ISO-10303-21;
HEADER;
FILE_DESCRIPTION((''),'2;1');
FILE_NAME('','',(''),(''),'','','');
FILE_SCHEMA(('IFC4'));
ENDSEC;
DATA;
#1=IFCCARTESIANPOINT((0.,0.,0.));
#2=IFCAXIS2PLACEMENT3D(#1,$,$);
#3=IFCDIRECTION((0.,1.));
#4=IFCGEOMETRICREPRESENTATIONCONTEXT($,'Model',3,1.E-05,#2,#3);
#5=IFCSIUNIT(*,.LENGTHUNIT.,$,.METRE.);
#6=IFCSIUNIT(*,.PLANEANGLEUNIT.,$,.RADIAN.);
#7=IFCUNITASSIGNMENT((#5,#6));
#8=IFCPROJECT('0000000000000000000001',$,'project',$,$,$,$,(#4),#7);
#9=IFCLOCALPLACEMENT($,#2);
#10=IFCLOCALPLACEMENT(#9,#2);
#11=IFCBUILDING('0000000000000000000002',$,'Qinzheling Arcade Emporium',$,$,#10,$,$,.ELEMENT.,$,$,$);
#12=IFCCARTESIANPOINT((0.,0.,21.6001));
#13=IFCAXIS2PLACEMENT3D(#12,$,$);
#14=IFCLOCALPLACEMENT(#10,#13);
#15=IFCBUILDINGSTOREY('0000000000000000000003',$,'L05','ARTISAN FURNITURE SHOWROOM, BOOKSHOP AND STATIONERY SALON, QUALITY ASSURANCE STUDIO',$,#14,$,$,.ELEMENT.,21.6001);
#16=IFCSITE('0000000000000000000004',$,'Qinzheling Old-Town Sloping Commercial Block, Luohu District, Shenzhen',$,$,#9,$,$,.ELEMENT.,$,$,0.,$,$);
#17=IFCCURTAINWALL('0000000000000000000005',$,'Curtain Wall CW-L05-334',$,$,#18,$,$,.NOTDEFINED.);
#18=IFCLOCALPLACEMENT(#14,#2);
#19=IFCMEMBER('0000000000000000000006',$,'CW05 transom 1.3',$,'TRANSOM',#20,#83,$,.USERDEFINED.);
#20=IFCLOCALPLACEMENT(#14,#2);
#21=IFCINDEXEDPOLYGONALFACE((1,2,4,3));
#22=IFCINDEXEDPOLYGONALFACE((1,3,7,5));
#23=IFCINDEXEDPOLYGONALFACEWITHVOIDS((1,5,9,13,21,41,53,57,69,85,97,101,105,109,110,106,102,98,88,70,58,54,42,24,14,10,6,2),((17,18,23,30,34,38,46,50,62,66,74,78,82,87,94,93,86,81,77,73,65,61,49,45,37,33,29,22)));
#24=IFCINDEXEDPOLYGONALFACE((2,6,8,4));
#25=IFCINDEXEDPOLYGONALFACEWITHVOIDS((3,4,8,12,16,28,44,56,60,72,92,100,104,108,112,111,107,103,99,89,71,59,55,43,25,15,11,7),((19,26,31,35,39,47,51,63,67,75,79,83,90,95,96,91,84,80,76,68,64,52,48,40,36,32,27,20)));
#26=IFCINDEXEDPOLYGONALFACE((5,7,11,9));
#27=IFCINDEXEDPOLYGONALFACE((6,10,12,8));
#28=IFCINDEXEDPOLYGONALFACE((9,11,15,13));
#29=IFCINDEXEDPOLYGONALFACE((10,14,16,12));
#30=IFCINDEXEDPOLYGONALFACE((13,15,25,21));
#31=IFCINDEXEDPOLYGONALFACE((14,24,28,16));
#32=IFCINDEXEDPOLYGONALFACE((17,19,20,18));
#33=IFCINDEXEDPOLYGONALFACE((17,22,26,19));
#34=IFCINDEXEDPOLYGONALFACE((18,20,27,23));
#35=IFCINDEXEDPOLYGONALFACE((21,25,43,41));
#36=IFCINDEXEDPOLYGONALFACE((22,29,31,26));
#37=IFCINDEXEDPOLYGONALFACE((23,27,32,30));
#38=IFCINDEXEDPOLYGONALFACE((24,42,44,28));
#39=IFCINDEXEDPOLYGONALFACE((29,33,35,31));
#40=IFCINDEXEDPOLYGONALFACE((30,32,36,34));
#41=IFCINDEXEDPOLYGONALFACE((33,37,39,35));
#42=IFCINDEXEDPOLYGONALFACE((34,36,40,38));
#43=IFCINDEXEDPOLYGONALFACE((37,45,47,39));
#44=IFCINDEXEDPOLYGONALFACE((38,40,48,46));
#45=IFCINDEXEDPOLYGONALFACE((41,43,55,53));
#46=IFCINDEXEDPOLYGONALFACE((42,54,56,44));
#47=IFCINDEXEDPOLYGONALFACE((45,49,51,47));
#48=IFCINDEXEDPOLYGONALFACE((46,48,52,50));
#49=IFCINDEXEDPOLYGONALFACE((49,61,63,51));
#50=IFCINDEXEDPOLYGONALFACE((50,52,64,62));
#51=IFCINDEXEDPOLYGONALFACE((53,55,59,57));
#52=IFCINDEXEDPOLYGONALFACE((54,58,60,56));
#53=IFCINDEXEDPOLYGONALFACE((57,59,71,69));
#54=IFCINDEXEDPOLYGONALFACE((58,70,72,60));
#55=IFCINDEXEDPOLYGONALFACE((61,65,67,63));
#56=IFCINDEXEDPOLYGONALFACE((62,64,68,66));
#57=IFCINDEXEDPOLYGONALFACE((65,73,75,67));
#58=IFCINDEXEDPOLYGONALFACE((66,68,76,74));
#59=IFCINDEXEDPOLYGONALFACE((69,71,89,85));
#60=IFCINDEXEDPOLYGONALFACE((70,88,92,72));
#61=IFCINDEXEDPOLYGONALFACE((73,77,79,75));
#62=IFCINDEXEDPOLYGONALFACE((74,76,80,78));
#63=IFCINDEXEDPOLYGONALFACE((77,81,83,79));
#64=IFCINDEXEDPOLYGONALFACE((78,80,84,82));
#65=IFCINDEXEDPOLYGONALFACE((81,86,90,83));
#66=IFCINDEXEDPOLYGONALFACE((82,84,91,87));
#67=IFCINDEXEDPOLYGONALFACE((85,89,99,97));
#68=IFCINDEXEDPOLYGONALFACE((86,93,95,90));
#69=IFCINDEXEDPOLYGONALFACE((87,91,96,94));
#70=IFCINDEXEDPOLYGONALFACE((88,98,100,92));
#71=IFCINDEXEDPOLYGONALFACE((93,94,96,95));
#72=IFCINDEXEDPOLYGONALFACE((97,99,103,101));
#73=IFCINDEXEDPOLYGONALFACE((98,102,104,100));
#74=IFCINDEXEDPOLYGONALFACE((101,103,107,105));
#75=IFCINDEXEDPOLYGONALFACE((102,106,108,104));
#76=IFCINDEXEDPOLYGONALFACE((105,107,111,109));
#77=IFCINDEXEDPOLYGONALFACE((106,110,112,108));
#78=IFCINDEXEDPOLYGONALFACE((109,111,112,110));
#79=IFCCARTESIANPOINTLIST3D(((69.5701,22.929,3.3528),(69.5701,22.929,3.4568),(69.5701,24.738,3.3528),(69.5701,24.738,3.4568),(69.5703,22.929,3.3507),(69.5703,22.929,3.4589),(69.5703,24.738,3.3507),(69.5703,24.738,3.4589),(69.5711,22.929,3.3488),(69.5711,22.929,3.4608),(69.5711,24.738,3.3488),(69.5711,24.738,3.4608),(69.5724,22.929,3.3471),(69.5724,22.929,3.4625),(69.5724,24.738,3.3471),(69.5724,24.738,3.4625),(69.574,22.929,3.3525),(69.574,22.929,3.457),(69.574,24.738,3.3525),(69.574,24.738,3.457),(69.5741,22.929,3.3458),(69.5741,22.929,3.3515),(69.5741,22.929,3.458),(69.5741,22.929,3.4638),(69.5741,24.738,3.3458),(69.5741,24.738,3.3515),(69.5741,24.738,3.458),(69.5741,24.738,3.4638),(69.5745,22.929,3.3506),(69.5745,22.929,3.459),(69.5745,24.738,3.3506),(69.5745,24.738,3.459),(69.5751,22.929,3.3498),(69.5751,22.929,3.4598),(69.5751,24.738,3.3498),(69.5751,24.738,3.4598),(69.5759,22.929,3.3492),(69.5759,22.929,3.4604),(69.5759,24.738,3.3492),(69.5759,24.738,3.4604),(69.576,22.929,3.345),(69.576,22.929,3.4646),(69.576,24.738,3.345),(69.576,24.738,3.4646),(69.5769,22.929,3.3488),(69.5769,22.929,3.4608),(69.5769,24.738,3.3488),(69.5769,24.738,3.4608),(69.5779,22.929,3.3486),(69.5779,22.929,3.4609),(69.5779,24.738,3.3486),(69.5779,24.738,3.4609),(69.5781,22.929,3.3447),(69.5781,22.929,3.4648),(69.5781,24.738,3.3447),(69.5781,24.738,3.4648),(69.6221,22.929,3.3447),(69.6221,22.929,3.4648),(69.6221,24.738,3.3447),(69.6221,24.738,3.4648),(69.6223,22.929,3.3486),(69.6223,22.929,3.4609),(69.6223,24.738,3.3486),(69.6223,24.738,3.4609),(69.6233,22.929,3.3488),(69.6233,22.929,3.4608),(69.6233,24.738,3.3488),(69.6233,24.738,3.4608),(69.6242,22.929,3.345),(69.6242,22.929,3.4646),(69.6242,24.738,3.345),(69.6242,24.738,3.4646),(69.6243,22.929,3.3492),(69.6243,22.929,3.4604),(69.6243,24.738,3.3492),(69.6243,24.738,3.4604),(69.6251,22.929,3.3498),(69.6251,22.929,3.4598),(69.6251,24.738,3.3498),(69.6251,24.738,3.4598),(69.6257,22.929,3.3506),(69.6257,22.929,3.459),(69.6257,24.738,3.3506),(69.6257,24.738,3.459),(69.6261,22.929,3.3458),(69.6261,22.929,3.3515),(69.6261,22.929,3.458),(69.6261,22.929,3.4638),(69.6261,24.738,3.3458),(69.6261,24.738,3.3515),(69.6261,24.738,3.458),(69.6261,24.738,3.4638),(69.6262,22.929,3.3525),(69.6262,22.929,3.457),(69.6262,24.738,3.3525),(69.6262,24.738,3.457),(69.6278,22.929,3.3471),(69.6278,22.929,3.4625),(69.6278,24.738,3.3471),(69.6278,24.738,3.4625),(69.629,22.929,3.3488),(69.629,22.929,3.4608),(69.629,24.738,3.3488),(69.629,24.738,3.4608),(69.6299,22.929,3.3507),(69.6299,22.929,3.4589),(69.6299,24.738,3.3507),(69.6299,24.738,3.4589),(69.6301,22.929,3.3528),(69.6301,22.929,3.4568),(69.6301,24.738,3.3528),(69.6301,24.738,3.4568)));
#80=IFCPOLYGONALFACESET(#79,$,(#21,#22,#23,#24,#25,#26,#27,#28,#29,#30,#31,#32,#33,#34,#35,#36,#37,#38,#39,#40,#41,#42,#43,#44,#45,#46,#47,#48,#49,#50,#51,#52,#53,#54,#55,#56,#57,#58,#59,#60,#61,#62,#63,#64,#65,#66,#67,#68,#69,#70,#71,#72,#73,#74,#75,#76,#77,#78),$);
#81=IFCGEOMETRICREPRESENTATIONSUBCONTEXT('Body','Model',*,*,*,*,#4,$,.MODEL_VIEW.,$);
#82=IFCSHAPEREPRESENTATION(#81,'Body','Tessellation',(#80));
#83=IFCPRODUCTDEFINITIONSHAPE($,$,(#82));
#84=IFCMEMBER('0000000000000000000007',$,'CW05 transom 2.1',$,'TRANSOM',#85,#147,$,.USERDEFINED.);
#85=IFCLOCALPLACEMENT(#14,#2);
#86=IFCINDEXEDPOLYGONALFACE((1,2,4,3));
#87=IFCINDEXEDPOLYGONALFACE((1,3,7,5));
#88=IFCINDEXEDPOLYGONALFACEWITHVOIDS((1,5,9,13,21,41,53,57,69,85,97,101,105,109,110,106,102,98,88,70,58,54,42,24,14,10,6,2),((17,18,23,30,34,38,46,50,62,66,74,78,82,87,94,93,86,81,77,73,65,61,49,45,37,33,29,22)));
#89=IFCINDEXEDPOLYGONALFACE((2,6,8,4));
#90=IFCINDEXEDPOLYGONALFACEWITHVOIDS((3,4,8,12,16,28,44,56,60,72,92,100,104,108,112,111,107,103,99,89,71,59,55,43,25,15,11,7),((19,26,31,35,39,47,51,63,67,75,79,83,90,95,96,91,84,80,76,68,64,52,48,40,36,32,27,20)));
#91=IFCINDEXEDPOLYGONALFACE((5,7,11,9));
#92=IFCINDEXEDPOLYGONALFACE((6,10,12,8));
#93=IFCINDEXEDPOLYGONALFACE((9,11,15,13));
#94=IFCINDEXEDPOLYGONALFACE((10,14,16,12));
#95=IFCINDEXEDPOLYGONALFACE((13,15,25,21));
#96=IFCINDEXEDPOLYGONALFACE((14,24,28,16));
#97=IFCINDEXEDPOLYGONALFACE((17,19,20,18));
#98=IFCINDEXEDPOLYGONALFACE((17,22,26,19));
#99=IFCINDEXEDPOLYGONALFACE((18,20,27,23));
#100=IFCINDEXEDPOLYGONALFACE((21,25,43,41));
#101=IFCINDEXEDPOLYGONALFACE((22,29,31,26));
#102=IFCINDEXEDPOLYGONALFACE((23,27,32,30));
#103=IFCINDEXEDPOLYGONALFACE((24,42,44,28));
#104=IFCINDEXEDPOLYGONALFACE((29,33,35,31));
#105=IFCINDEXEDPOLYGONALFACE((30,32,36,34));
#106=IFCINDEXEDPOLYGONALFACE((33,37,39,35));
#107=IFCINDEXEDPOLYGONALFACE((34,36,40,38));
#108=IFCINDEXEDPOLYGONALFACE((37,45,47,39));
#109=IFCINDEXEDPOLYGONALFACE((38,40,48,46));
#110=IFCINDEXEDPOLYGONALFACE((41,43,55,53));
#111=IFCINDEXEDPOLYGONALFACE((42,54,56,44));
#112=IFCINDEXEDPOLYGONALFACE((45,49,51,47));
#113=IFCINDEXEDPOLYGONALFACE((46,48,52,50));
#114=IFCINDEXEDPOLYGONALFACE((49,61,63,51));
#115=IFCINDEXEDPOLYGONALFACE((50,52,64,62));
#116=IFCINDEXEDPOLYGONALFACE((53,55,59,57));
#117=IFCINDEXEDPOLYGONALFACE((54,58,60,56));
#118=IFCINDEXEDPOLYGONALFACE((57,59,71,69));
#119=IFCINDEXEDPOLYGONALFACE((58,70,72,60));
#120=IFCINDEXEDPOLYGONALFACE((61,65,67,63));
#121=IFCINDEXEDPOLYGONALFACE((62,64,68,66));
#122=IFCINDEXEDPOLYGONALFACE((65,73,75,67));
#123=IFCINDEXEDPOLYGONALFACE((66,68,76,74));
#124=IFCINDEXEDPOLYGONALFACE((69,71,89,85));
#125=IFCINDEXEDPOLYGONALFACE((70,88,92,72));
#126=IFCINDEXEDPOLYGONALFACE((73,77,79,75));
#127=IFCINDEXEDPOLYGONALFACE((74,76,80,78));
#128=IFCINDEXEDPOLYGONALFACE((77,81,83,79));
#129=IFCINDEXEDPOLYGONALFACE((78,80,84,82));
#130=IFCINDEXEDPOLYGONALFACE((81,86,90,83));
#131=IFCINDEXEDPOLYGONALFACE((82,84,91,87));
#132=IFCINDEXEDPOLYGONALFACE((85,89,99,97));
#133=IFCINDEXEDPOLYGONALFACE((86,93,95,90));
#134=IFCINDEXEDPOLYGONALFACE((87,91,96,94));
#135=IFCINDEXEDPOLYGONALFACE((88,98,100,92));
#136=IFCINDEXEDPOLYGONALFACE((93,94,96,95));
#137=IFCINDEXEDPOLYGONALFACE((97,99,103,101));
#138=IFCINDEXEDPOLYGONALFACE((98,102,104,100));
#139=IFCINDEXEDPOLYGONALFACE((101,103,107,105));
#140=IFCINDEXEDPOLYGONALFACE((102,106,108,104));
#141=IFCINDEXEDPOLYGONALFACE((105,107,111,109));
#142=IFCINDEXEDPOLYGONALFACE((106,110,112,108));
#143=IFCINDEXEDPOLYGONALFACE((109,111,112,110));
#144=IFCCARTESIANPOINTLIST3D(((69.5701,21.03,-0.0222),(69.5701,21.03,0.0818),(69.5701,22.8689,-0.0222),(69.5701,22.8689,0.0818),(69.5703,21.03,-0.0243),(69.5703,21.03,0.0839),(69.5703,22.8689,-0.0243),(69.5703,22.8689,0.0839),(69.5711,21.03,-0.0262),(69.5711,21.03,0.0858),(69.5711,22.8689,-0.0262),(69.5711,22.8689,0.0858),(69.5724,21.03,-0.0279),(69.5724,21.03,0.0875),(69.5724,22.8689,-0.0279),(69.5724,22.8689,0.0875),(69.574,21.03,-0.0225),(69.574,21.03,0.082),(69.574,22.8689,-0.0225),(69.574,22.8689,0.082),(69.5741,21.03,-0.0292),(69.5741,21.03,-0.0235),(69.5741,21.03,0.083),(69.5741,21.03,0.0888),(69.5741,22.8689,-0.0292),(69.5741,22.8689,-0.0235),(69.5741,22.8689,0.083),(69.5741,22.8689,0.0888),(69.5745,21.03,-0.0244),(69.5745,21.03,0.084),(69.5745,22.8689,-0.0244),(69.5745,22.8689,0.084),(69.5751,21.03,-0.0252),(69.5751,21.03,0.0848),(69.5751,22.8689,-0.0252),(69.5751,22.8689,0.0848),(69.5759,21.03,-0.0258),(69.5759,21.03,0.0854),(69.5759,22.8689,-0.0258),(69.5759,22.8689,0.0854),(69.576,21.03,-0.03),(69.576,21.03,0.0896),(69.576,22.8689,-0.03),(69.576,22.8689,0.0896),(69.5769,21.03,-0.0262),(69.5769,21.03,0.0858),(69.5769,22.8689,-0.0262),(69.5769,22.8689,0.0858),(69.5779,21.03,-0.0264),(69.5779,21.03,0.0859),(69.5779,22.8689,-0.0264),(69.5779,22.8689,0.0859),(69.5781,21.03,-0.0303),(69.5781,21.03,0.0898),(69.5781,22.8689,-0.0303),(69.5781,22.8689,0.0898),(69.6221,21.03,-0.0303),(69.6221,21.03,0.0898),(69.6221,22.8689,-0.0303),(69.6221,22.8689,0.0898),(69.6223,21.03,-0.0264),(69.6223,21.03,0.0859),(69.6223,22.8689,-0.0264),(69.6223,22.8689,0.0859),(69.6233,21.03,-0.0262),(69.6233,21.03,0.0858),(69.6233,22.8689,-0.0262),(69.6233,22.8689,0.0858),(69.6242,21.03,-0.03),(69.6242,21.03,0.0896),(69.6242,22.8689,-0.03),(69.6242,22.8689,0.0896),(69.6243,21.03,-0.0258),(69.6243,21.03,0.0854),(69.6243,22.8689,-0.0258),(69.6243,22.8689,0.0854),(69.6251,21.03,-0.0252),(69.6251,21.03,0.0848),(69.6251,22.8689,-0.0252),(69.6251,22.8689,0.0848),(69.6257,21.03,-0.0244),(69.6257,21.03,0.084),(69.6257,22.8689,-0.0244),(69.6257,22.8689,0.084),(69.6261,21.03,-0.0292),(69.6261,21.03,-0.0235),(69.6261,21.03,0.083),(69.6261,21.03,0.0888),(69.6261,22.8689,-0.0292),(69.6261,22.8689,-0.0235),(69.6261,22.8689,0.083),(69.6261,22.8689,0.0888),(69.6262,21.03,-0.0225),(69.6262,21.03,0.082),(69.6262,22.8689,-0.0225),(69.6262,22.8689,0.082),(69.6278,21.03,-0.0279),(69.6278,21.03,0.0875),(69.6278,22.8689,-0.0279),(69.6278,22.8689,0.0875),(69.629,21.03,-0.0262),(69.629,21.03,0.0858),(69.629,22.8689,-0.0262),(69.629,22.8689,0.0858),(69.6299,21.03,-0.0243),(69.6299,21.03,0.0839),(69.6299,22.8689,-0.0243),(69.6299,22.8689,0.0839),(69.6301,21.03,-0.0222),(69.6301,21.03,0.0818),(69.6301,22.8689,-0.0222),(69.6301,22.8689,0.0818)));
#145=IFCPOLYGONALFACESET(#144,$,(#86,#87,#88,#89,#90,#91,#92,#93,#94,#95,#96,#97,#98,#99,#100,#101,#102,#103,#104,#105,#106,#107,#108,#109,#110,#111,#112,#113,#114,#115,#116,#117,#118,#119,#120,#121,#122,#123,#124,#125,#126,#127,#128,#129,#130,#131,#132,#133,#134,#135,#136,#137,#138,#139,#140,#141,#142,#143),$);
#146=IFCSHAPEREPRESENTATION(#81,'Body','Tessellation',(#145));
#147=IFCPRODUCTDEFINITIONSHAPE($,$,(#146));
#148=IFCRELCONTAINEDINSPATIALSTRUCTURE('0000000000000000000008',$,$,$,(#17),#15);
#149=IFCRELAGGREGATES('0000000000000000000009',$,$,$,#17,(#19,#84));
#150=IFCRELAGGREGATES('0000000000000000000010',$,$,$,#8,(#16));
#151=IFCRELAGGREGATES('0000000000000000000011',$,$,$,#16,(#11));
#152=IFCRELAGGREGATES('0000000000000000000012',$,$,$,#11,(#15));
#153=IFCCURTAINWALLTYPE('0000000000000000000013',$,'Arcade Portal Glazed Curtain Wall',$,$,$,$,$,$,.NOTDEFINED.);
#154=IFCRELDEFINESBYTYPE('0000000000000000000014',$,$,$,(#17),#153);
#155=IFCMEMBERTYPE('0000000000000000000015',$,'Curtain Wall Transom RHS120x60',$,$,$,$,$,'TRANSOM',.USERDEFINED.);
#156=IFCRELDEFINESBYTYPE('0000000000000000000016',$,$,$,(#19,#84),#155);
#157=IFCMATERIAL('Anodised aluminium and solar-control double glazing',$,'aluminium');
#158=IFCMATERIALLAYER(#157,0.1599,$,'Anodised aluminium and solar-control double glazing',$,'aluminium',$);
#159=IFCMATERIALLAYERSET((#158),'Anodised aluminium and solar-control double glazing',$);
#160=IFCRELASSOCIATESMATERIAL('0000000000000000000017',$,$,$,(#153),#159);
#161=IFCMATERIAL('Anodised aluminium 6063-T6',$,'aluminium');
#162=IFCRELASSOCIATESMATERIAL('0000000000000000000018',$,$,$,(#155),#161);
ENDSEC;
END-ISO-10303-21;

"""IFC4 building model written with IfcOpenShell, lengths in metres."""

from ifc_helpers import new_model, si_unit, direction, frame, origin, origin_2d, place, context, subcontext, project, spatial, hollow_rectangle, extrude, material, layer, layer_set, material_profile, profile_set, type_object, element, aggregate, save


model = new_model("IFC4")

# Units and contexts
model_context = context("Model", 3, precision=1e-05, world=origin(), true_north=direction((0.0, 1.0)))
body_context = subcontext(model_context, "Body", "Model", "MODEL_VIEW")
ifc_project = project(units=[si_unit("LENGTHUNIT", "METRE"), si_unit("PLANEANGLEUNIT", "RADIAN")], contexts=[model_context])

# Site, building, storey
site_placement = place(None, origin())
site = spatial("IfcSite", under=ifc_project, at=site_placement, Name="Qinzheling Old-Town Sloping Commercial Block, Luohu District, Shenzhen", CompositionType="ELEMENT", RefElevation=0.0)
building_placement = place(site_placement, origin())
building = spatial("IfcBuilding", under=site, at=building_placement, Name="Qinzheling Arcade Emporium", CompositionType="ELEMENT")
storey_placement = place(building_placement, frame((0.0, 0.0, 21.6001)))
storey = spatial("IfcBuildingStorey", under=building, at=storey_placement, Name="L05", Description="ARTISAN FURNITURE SHOWROOM, BOOKSHOP AND STATIONERY SALON, QUALITY ASSURANCE STUDIO", CompositionType="ELEMENT", Elevation=21.6001)

# Curtain wall, members
ifc_material_1 = material(Name="Anodised aluminium and solar-control double glazing", Category="aluminium")
ifc_layer_1 = layer(ifc_material_1, 0.1599, Name="Anodised aluminium and solar-control double glazing", Category="aluminium")
ifc_layer_set_1 = layer_set([ifc_layer_1], Name="Anodised aluminium and solar-control double glazing")
curtain_wall_type = type_object("IfcCurtainWallType", Name="Arcade Portal Glazed Curtain Wall", PredefinedType="NOTDEFINED", material=ifc_layer_set_1)
curtain_wall_placement = place(storey_placement, origin())
curtain_wall = element("IfcCurtainWall", 1, at=curtain_wall_placement, inside=storey, type_object=curtain_wall_type, Name="Curtain Wall CW-L05-334", PredefinedType="NOTDEFINED")
ifc_material_2 = material(Name="Anodised aluminium 6063-T6", Category="aluminium")
ifc_material_profile_1 = material_profile(ifc_material_2, hollow_rectangle(XDim=0.0601, YDim=0.1201, WallThickness=0.0039, InnerFilletRadius=0.0039, OuterFilletRadius=0.0081, at=origin_2d()), Name="RHS 120x60x4", Category="aluminium")
ifc_profile_set_1 = profile_set([ifc_material_profile_1], Name="Anodised aluminium 6063-T6")
member_type_1 = type_object("IfcMemberType", Name="Curtain Wall Transom RHS120x60", ElementType="TRANSOM", PredefinedType="USERDEFINED", material=ifc_profile_set_1)
member_1_placement = place(storey_placement, frame((69.6001, 24.738, 3.4048), z_axis=(0.0, -1.0, 0.0), x_axis=(1.0, 0.0, 0.0)))
member_1 = element("IfcMember", 2, at=member_1_placement, type_object=member_type_1, Name="CW05 transom 1.3", ObjectType="TRANSOM", PredefinedType="USERDEFINED", context=body_context, shape_type="SweptSolid", body=[
    extrude(hollow_rectangle(XDim=0.0601, YDim=0.1201, WallThickness=0.0039, InnerFilletRadius=0.0039, OuterFilletRadius=0.0081, at=origin_2d()), origin(), (0.0, 0.0, 1.0), 1.8091),
])
member_2_placement = place(storey_placement, frame((69.6001, 22.8689, 0.0298), z_axis=(0.0, -1.0, 0.0), x_axis=(1.0, 0.0, 0.0)))
member_2 = element("IfcMember", 3, at=member_2_placement, type_object=member_type_1, Name="CW05 transom 2.1", ObjectType="TRANSOM", PredefinedType="USERDEFINED", context=body_context, shape_type="SweptSolid", body=[
    extrude(hollow_rectangle(XDim=0.0601, YDim=0.1201, WallThickness=0.0039, InnerFilletRadius=0.0039, OuterFilletRadius=0.0081, at=origin_2d()), origin(), (0.0, 0.0, 1.0), 1.8389),
])
aggregate(curtain_wall, [member_1, member_2])

save(model, "model.ifc")
